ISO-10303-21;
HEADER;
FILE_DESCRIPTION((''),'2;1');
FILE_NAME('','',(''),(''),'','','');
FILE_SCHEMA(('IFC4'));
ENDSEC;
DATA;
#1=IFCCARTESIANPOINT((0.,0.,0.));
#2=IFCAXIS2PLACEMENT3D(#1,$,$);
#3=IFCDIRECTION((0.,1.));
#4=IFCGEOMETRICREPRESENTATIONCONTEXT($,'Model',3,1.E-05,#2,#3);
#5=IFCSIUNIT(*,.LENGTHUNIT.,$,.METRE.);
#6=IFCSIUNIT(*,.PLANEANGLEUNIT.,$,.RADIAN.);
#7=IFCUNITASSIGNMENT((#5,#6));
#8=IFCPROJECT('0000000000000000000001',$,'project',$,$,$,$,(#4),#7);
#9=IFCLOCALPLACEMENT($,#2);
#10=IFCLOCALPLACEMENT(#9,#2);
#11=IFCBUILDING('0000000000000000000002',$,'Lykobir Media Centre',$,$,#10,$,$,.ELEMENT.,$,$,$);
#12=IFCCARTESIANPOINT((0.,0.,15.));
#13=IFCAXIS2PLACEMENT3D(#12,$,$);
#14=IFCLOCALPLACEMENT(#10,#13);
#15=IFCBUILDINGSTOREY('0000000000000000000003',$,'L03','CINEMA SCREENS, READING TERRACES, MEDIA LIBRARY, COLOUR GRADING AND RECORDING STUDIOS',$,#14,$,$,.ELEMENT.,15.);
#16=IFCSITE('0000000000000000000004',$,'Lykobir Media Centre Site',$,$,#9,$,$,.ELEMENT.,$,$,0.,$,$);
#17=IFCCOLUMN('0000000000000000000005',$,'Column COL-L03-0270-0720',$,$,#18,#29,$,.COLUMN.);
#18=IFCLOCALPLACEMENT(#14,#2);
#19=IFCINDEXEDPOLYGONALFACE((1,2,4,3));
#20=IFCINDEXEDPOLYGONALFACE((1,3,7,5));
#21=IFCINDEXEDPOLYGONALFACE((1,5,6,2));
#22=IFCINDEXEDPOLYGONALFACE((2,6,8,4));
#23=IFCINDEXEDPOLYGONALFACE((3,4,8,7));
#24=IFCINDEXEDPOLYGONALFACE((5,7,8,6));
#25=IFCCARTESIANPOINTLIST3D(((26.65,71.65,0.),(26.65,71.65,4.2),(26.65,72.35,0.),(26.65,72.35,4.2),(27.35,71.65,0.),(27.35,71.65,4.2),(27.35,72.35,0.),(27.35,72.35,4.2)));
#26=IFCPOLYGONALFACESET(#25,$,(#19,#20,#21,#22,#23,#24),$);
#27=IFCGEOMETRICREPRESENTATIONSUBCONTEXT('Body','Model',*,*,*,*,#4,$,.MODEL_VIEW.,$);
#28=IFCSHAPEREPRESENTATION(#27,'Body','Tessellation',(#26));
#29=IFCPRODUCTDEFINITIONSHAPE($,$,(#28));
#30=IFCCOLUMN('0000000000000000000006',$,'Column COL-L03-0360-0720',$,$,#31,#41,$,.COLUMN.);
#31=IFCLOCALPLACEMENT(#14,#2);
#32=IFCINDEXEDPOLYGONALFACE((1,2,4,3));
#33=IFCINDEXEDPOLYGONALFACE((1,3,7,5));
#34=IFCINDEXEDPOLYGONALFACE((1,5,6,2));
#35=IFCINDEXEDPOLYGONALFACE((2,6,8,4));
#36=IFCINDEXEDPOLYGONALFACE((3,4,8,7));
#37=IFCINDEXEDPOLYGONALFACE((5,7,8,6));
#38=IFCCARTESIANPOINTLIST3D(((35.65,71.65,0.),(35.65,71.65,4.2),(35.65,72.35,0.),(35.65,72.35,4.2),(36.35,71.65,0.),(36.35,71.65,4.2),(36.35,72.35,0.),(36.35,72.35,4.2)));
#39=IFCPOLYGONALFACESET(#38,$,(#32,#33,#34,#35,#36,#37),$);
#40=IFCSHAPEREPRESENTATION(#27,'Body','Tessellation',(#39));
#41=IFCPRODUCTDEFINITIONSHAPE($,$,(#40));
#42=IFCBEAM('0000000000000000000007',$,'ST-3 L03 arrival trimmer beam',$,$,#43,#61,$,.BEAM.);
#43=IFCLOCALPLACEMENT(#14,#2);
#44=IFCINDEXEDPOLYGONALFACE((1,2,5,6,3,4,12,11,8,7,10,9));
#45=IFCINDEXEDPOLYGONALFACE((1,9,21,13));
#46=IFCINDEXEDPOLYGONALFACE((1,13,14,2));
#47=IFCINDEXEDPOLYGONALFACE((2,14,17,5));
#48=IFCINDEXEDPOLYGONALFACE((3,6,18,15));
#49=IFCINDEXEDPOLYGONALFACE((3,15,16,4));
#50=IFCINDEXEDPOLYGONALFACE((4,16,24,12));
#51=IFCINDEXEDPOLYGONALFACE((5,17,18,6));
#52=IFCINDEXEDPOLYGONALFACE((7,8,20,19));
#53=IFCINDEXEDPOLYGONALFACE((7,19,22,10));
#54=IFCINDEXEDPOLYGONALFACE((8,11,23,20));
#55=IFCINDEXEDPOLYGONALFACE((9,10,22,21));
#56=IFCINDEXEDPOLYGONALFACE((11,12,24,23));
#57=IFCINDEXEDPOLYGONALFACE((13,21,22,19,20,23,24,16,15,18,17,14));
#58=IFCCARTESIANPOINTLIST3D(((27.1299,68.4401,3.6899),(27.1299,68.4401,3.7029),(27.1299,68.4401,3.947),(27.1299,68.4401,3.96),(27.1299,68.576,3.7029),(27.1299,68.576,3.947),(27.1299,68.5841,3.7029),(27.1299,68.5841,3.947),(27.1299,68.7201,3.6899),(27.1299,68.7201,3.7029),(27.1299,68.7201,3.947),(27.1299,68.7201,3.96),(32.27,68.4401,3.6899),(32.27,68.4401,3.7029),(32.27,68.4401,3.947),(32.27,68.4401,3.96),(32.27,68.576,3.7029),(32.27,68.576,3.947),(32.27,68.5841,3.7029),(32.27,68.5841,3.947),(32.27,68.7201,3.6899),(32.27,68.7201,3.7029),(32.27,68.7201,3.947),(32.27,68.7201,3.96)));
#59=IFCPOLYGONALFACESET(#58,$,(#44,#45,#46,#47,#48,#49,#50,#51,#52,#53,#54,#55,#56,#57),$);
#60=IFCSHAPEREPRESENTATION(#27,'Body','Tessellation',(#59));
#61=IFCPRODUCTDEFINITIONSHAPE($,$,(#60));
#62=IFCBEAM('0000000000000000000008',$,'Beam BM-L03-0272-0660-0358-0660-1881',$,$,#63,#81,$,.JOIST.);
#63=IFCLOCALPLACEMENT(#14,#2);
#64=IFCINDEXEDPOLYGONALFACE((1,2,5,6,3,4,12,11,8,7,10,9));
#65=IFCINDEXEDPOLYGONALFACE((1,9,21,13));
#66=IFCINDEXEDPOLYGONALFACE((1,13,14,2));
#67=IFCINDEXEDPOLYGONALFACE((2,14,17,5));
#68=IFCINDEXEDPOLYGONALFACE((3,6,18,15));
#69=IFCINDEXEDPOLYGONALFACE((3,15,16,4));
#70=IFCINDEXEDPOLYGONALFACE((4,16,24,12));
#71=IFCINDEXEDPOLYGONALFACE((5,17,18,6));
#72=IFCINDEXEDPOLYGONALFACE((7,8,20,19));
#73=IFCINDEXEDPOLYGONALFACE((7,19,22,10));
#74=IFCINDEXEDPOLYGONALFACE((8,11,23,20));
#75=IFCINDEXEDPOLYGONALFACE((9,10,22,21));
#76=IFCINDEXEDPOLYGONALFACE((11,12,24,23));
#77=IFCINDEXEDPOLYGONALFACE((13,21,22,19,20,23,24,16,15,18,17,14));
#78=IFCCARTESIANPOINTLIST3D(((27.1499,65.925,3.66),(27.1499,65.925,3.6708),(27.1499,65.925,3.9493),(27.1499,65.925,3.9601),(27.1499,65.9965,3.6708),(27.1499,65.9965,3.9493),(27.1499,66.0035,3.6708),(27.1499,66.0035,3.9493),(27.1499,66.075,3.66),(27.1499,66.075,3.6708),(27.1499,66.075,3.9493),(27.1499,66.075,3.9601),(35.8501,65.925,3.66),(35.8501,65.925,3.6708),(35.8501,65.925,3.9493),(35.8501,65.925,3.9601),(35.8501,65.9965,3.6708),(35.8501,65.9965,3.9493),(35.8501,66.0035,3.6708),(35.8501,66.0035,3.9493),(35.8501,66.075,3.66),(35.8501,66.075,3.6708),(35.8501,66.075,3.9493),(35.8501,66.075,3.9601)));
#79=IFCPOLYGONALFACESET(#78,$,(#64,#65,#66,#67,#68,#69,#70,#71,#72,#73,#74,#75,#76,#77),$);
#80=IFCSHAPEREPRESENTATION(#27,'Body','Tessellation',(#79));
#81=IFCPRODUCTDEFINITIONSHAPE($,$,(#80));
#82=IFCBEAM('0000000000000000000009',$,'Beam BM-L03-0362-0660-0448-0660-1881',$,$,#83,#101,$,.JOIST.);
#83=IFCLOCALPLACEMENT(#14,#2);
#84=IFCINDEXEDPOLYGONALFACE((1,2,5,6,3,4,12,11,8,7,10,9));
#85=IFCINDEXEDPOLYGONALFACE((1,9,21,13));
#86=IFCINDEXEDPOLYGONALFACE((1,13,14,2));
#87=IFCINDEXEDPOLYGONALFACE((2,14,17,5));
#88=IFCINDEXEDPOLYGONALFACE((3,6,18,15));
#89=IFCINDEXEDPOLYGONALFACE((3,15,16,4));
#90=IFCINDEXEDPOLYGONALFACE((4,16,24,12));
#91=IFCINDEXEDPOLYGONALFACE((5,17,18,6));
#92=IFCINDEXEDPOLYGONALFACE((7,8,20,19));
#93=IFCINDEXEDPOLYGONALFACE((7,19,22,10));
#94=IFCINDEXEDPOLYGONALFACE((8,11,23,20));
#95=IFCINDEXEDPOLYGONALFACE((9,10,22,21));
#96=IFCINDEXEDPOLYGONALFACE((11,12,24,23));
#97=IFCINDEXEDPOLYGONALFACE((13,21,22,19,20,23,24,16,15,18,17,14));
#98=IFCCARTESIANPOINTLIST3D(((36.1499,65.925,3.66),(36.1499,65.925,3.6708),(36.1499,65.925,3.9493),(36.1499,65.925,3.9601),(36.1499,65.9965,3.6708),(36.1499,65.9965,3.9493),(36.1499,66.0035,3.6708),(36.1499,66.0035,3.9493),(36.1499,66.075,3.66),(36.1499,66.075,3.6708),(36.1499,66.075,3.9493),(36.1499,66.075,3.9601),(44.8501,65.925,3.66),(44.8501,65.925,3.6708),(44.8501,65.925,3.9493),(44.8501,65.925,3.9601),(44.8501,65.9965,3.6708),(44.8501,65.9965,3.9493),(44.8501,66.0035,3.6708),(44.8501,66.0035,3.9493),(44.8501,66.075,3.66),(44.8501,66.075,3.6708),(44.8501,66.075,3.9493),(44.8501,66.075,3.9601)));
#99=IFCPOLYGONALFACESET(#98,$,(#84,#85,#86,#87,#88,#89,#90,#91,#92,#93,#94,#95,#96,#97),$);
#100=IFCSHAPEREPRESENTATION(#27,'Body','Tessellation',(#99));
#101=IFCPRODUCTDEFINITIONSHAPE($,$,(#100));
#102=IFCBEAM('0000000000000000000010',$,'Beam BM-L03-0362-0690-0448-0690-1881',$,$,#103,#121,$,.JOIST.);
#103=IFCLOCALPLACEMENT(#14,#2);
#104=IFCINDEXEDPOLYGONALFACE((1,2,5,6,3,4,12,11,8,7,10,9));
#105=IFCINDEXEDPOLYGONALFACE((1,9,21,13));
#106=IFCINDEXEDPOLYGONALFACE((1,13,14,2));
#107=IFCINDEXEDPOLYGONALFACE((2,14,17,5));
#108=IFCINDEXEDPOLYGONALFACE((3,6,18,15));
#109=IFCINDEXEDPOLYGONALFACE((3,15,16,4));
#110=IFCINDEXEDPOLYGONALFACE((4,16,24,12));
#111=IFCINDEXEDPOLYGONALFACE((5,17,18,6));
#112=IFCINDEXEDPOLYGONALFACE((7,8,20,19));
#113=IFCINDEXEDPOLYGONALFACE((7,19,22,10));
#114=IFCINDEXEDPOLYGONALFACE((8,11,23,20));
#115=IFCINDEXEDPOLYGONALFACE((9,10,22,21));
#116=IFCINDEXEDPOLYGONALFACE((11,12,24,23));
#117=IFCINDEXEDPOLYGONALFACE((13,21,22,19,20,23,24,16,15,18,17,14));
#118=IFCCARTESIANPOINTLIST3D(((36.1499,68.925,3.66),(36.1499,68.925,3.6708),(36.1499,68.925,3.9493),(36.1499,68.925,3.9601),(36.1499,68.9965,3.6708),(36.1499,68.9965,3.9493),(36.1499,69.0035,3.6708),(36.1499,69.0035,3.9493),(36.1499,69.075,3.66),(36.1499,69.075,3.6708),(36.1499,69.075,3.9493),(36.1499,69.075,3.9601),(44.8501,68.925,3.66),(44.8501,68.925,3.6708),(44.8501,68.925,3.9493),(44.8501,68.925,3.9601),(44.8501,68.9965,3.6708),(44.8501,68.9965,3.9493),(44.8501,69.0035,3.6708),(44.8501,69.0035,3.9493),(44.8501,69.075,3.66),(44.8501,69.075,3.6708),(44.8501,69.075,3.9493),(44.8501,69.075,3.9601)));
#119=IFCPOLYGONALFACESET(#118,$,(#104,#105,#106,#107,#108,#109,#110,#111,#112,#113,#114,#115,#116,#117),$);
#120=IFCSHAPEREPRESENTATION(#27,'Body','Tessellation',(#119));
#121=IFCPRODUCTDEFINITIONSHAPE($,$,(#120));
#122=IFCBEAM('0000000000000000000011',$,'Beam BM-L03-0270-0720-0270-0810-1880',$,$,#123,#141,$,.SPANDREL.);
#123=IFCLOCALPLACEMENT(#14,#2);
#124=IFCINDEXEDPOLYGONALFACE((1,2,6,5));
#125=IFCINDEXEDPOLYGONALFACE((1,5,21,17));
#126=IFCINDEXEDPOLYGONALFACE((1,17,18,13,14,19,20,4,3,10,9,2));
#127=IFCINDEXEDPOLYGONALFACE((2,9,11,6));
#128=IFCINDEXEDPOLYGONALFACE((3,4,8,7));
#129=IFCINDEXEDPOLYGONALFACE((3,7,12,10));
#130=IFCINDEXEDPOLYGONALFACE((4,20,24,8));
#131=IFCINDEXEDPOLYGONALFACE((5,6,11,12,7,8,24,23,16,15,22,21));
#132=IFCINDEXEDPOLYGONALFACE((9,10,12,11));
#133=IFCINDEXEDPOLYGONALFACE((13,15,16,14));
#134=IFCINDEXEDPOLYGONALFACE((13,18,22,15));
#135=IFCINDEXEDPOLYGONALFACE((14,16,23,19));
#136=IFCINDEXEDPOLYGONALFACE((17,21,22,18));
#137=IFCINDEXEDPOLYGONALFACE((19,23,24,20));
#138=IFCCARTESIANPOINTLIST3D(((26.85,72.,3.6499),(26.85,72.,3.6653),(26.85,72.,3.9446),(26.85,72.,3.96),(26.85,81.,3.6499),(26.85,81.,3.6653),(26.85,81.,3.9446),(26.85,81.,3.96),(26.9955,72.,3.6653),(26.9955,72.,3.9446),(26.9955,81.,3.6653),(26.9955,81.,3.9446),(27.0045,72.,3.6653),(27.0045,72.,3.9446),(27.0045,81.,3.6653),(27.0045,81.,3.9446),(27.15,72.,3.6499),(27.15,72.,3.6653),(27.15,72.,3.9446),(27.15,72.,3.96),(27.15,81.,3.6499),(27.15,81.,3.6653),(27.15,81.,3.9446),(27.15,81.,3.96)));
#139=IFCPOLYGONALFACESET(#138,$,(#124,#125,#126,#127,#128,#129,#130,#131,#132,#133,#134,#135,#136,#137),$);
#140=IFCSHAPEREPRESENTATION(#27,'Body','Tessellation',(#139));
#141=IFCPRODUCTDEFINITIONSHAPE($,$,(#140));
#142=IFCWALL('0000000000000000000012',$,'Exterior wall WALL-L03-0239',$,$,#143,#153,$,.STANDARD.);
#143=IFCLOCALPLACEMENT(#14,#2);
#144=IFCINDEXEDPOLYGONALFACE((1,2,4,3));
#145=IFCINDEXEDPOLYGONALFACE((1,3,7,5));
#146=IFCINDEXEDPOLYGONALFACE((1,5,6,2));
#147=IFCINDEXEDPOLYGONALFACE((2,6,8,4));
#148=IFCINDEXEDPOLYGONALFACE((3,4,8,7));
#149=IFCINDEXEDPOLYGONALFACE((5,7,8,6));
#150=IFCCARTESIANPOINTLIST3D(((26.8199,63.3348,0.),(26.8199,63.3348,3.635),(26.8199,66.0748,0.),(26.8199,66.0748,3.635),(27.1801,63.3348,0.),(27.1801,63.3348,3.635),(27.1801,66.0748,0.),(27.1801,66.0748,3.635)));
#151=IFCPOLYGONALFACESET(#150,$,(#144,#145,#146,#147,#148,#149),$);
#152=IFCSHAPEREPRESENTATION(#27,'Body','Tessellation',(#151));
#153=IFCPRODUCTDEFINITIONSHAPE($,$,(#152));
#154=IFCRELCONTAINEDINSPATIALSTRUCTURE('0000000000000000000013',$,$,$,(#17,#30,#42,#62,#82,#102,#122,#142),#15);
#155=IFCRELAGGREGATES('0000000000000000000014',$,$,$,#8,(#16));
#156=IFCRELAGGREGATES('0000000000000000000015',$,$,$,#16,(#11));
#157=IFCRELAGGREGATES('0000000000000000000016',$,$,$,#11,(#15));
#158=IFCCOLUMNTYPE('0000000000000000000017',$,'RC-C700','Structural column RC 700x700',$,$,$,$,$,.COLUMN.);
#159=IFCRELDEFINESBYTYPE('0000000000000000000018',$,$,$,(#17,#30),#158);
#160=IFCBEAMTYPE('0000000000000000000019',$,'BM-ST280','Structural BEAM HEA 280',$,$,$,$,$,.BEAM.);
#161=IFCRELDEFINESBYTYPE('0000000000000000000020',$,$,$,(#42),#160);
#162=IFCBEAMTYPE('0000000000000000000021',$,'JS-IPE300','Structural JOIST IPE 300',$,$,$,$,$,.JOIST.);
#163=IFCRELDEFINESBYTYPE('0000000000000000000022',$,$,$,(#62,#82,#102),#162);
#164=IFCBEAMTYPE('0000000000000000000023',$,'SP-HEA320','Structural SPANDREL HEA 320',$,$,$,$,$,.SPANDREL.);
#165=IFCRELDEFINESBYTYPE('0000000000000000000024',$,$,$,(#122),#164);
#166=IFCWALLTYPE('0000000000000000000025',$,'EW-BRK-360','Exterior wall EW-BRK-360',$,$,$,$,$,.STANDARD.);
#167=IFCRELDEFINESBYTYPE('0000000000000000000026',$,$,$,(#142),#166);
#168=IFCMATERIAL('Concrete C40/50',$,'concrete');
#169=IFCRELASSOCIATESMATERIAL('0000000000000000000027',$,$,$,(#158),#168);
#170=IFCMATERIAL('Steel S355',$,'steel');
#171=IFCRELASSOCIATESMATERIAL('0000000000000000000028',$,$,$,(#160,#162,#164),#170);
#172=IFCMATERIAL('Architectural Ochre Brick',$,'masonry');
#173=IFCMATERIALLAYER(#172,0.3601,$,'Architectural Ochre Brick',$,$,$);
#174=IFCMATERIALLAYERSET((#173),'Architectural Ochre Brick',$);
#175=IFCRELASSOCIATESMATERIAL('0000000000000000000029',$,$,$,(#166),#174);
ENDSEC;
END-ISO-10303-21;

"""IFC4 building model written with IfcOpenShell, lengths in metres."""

from ifc_helpers import new_model, si_unit, direction, frame, frame_2d, origin, origin_2d, place, context, subcontext, project, spatial, rectangle, i_section, extrude, material, layer, layer_set, material_profile, profile_set, type_object, element, save


model = new_model("IFC4")

# Units and contexts
model_context = context("Model", 3, precision=1e-05, world=origin(), true_north=direction((0.0, 1.0)))
body_context = subcontext(model_context, "Body", "Model", "MODEL_VIEW")
ifc_project = project(units=[si_unit("LENGTHUNIT", "METRE"), si_unit("PLANEANGLEUNIT", "RADIAN")], contexts=[model_context])

# Site, building, storey
site_placement = place(None, origin())
site = spatial("IfcSite", under=ifc_project, at=site_placement, Name="Lykobir Media Centre Site", CompositionType="ELEMENT", RefElevation=0.0)
building_placement = place(site_placement, origin())
building = spatial("IfcBuilding", under=site, at=building_placement, Name="Lykobir Media Centre", CompositionType="ELEMENT")
storey_placement = place(building_placement, frame((0.0, 0.0, 15.0)))
storey = spatial("IfcBuildingStorey", under=building, at=storey_placement, Name="L03", Description="CINEMA SCREENS, READING TERRACES, MEDIA LIBRARY, COLOUR GRADING AND RECORDING STUDIOS", CompositionType="ELEMENT", Elevation=15.0)

# Columns
ifc_material_1 = material(Name="Concrete C40/50", Category="concrete")
ifc_material_profile_1 = material_profile(ifc_material_1, rectangle(XDim=0.7, YDim=0.7, at=origin_2d()), Name="RC 700x700")
ifc_profile_set_1 = profile_set([ifc_material_profile_1], Name="Concrete C40/50")
column_type = type_object("IfcColumnType", Name="RC-C700", Description="Structural column RC 700x700", PredefinedType="COLUMN", material=ifc_profile_set_1)
for number, where, z_axis, x_axis, name in (
    (1, (27.0, 72.0, 0.0), (0.0, 0.0, 1.0), (1.0, 0.0, 0.0), "Column COL-L03-0270-0720"),
    (2, (36.0, 72.0, 0.0), (0.0, 0.0, 1.0), (1.0, 0.0, 0.0), "Column COL-L03-0360-0720"),
):
    element("IfcColumn", number, at=place(storey_placement, frame(where, z_axis=z_axis, x_axis=x_axis)), inside=storey, type_object=column_type, Name=name, PredefinedType="COLUMN", context=body_context, shape_type="SweptSolid", body=[
        extrude(rectangle(XDim=0.7, YDim=0.7, at=origin_2d()), origin(), (0.0, 0.0, 1.0), 4.2),
    ])

# Beams
ifc_material_2 = material(Name="Steel S355", Category="steel")
ifc_material_profile_2 = material_profile(ifc_material_2, i_section(OverallWidth=0.28, OverallDepth=0.27, WebThickness=0.0081, FlangeThickness=0.0129, at=origin_2d()), Name="HEA 280")
ifc_profile_set_2 = profile_set([ifc_material_profile_2], Name="Steel S355")
beam_type_1 = type_object("IfcBeamType", Name="BM-ST280", Description="Structural BEAM HEA 280", PredefinedType="BEAM", material=ifc_profile_set_2)
beam_1_placement = place(storey_placement, frame((27.1299, 68.5801, 3.825), z_axis=(1.0, 0.0, 0.0), x_axis=(0.0, 1.0, 0.0)))
element("IfcBeam", 3, at=beam_1_placement, inside=storey, type_object=beam_type_1, Name="ST-3 L03 arrival trimmer beam", PredefinedType="BEAM", context=body_context, shape_type="SweptSolid", body=[
    extrude(i_section(OverallWidth=0.28, OverallDepth=0.27, WebThickness=0.0081, FlangeThickness=0.0129, at=origin_2d()), origin(), (0.0, 0.0, 1.0), 5.1401),
])
ifc_material_profile_3 = material_profile(ifc_material_2, i_section(OverallWidth=0.1499, OverallDepth=0.3, WebThickness=0.0071, FlangeThickness=0.0107, at=origin_2d()), Name="IPE 300")
ifc_profile_set_3 = profile_set([ifc_material_profile_3], Name="Steel S355")
beam_type_2 = type_object("IfcBeamType", Name="JS-IPE300", Description="Structural JOIST IPE 300", PredefinedType="JOIST", material=ifc_profile_set_3)
for number, where, z_axis, x_axis, name in (
    (4, (27.1499, 66.0, 3.8101), (1.0, 0.0, 0.0), (0.0, 1.0, 0.0), "Beam BM-L03-0272-0660-0358-0660-1881"),
    (5, (36.1499, 66.0, 3.8101), (1.0, 0.0, 0.0), (0.0, 1.0, 0.0), "Beam BM-L03-0362-0660-0448-0660-1881"),
    (6, (36.1499, 69.0, 3.8101), (1.0, 0.0, 0.0), (0.0, 1.0, 0.0), "Beam BM-L03-0362-0690-0448-0690-1881"),
):
    element("IfcBeam", number, at=place(storey_placement, frame(where, z_axis=z_axis, x_axis=x_axis)), inside=storey, type_object=beam_type_2, Name=name, PredefinedType="JOIST", context=body_context, shape_type="SweptSolid", body=[
        extrude(i_section(OverallWidth=0.1499, OverallDepth=0.3, WebThickness=0.0071, FlangeThickness=0.0107, at=origin_2d()), origin(), (0.0, 0.0, 1.0), 8.7002),
    ])
ifc_material_profile_4 = material_profile(ifc_material_2, i_section(OverallWidth=0.3, OverallDepth=0.3101, WebThickness=0.009, FlangeThickness=0.0154, at=origin_2d()), Name="HEA 320")
ifc_profile_set_4 = profile_set([ifc_material_profile_4], Name="Steel S355")
beam_type_3 = type_object("IfcBeamType", Name="SP-HEA320", Description="Structural SPANDREL HEA 320", PredefinedType="SPANDREL", material=ifc_profile_set_4)
beam_2_placement = place(storey_placement, frame((27.0, 72.0, 3.8049), z_axis=(0.0, 1.0, 0.0), x_axis=(-1.0, 0.0, 0.0)))
element("IfcBeam", 7, at=beam_2_placement, inside=storey, type_object=beam_type_3, Name="Beam BM-L03-0270-0720-0270-0810-1880", PredefinedType="SPANDREL", context=body_context, shape_type="SweptSolid", body=[
    extrude(i_section(OverallWidth=0.3, OverallDepth=0.3101, WebThickness=0.009, FlangeThickness=0.0154, at=origin_2d()), origin(), (0.0, 0.0, 1.0), 9.0),
])

# Wall
ifc_material_3 = material(Name="Architectural Ochre Brick", Category="masonry")
ifc_layer_1 = layer(ifc_material_3, 0.3601, Name="Architectural Ochre Brick")
ifc_layer_set_1 = layer_set([ifc_layer_1], Name="Architectural Ochre Brick")
wall_type_1 = type_object("IfcWallType", Name="EW-BRK-360", Description="Exterior wall EW-BRK-360", PredefinedType="STANDARD", material=ifc_layer_set_1)
wall_1_placement = place(storey_placement, frame((27.0, 66.075, 0.0), z_axis=(0.0, 0.0, 1.0), x_axis=(0.0, -1.0, 0.0)))
element("IfcWall", 8, at=wall_1_placement, inside=storey, type_object=wall_type_1, Name="Exterior wall WALL-L03-0239", PredefinedType="STANDARD", context=body_context, shape_type="SweptSolid", body=[
    extrude(rectangle(XDim=2.74, YDim=0.3601, at=frame_2d((1.3701, 0.0))), origin(), (0.0, 0.0, 1.0), 3.635),
])

save(model, "model.ifc")
